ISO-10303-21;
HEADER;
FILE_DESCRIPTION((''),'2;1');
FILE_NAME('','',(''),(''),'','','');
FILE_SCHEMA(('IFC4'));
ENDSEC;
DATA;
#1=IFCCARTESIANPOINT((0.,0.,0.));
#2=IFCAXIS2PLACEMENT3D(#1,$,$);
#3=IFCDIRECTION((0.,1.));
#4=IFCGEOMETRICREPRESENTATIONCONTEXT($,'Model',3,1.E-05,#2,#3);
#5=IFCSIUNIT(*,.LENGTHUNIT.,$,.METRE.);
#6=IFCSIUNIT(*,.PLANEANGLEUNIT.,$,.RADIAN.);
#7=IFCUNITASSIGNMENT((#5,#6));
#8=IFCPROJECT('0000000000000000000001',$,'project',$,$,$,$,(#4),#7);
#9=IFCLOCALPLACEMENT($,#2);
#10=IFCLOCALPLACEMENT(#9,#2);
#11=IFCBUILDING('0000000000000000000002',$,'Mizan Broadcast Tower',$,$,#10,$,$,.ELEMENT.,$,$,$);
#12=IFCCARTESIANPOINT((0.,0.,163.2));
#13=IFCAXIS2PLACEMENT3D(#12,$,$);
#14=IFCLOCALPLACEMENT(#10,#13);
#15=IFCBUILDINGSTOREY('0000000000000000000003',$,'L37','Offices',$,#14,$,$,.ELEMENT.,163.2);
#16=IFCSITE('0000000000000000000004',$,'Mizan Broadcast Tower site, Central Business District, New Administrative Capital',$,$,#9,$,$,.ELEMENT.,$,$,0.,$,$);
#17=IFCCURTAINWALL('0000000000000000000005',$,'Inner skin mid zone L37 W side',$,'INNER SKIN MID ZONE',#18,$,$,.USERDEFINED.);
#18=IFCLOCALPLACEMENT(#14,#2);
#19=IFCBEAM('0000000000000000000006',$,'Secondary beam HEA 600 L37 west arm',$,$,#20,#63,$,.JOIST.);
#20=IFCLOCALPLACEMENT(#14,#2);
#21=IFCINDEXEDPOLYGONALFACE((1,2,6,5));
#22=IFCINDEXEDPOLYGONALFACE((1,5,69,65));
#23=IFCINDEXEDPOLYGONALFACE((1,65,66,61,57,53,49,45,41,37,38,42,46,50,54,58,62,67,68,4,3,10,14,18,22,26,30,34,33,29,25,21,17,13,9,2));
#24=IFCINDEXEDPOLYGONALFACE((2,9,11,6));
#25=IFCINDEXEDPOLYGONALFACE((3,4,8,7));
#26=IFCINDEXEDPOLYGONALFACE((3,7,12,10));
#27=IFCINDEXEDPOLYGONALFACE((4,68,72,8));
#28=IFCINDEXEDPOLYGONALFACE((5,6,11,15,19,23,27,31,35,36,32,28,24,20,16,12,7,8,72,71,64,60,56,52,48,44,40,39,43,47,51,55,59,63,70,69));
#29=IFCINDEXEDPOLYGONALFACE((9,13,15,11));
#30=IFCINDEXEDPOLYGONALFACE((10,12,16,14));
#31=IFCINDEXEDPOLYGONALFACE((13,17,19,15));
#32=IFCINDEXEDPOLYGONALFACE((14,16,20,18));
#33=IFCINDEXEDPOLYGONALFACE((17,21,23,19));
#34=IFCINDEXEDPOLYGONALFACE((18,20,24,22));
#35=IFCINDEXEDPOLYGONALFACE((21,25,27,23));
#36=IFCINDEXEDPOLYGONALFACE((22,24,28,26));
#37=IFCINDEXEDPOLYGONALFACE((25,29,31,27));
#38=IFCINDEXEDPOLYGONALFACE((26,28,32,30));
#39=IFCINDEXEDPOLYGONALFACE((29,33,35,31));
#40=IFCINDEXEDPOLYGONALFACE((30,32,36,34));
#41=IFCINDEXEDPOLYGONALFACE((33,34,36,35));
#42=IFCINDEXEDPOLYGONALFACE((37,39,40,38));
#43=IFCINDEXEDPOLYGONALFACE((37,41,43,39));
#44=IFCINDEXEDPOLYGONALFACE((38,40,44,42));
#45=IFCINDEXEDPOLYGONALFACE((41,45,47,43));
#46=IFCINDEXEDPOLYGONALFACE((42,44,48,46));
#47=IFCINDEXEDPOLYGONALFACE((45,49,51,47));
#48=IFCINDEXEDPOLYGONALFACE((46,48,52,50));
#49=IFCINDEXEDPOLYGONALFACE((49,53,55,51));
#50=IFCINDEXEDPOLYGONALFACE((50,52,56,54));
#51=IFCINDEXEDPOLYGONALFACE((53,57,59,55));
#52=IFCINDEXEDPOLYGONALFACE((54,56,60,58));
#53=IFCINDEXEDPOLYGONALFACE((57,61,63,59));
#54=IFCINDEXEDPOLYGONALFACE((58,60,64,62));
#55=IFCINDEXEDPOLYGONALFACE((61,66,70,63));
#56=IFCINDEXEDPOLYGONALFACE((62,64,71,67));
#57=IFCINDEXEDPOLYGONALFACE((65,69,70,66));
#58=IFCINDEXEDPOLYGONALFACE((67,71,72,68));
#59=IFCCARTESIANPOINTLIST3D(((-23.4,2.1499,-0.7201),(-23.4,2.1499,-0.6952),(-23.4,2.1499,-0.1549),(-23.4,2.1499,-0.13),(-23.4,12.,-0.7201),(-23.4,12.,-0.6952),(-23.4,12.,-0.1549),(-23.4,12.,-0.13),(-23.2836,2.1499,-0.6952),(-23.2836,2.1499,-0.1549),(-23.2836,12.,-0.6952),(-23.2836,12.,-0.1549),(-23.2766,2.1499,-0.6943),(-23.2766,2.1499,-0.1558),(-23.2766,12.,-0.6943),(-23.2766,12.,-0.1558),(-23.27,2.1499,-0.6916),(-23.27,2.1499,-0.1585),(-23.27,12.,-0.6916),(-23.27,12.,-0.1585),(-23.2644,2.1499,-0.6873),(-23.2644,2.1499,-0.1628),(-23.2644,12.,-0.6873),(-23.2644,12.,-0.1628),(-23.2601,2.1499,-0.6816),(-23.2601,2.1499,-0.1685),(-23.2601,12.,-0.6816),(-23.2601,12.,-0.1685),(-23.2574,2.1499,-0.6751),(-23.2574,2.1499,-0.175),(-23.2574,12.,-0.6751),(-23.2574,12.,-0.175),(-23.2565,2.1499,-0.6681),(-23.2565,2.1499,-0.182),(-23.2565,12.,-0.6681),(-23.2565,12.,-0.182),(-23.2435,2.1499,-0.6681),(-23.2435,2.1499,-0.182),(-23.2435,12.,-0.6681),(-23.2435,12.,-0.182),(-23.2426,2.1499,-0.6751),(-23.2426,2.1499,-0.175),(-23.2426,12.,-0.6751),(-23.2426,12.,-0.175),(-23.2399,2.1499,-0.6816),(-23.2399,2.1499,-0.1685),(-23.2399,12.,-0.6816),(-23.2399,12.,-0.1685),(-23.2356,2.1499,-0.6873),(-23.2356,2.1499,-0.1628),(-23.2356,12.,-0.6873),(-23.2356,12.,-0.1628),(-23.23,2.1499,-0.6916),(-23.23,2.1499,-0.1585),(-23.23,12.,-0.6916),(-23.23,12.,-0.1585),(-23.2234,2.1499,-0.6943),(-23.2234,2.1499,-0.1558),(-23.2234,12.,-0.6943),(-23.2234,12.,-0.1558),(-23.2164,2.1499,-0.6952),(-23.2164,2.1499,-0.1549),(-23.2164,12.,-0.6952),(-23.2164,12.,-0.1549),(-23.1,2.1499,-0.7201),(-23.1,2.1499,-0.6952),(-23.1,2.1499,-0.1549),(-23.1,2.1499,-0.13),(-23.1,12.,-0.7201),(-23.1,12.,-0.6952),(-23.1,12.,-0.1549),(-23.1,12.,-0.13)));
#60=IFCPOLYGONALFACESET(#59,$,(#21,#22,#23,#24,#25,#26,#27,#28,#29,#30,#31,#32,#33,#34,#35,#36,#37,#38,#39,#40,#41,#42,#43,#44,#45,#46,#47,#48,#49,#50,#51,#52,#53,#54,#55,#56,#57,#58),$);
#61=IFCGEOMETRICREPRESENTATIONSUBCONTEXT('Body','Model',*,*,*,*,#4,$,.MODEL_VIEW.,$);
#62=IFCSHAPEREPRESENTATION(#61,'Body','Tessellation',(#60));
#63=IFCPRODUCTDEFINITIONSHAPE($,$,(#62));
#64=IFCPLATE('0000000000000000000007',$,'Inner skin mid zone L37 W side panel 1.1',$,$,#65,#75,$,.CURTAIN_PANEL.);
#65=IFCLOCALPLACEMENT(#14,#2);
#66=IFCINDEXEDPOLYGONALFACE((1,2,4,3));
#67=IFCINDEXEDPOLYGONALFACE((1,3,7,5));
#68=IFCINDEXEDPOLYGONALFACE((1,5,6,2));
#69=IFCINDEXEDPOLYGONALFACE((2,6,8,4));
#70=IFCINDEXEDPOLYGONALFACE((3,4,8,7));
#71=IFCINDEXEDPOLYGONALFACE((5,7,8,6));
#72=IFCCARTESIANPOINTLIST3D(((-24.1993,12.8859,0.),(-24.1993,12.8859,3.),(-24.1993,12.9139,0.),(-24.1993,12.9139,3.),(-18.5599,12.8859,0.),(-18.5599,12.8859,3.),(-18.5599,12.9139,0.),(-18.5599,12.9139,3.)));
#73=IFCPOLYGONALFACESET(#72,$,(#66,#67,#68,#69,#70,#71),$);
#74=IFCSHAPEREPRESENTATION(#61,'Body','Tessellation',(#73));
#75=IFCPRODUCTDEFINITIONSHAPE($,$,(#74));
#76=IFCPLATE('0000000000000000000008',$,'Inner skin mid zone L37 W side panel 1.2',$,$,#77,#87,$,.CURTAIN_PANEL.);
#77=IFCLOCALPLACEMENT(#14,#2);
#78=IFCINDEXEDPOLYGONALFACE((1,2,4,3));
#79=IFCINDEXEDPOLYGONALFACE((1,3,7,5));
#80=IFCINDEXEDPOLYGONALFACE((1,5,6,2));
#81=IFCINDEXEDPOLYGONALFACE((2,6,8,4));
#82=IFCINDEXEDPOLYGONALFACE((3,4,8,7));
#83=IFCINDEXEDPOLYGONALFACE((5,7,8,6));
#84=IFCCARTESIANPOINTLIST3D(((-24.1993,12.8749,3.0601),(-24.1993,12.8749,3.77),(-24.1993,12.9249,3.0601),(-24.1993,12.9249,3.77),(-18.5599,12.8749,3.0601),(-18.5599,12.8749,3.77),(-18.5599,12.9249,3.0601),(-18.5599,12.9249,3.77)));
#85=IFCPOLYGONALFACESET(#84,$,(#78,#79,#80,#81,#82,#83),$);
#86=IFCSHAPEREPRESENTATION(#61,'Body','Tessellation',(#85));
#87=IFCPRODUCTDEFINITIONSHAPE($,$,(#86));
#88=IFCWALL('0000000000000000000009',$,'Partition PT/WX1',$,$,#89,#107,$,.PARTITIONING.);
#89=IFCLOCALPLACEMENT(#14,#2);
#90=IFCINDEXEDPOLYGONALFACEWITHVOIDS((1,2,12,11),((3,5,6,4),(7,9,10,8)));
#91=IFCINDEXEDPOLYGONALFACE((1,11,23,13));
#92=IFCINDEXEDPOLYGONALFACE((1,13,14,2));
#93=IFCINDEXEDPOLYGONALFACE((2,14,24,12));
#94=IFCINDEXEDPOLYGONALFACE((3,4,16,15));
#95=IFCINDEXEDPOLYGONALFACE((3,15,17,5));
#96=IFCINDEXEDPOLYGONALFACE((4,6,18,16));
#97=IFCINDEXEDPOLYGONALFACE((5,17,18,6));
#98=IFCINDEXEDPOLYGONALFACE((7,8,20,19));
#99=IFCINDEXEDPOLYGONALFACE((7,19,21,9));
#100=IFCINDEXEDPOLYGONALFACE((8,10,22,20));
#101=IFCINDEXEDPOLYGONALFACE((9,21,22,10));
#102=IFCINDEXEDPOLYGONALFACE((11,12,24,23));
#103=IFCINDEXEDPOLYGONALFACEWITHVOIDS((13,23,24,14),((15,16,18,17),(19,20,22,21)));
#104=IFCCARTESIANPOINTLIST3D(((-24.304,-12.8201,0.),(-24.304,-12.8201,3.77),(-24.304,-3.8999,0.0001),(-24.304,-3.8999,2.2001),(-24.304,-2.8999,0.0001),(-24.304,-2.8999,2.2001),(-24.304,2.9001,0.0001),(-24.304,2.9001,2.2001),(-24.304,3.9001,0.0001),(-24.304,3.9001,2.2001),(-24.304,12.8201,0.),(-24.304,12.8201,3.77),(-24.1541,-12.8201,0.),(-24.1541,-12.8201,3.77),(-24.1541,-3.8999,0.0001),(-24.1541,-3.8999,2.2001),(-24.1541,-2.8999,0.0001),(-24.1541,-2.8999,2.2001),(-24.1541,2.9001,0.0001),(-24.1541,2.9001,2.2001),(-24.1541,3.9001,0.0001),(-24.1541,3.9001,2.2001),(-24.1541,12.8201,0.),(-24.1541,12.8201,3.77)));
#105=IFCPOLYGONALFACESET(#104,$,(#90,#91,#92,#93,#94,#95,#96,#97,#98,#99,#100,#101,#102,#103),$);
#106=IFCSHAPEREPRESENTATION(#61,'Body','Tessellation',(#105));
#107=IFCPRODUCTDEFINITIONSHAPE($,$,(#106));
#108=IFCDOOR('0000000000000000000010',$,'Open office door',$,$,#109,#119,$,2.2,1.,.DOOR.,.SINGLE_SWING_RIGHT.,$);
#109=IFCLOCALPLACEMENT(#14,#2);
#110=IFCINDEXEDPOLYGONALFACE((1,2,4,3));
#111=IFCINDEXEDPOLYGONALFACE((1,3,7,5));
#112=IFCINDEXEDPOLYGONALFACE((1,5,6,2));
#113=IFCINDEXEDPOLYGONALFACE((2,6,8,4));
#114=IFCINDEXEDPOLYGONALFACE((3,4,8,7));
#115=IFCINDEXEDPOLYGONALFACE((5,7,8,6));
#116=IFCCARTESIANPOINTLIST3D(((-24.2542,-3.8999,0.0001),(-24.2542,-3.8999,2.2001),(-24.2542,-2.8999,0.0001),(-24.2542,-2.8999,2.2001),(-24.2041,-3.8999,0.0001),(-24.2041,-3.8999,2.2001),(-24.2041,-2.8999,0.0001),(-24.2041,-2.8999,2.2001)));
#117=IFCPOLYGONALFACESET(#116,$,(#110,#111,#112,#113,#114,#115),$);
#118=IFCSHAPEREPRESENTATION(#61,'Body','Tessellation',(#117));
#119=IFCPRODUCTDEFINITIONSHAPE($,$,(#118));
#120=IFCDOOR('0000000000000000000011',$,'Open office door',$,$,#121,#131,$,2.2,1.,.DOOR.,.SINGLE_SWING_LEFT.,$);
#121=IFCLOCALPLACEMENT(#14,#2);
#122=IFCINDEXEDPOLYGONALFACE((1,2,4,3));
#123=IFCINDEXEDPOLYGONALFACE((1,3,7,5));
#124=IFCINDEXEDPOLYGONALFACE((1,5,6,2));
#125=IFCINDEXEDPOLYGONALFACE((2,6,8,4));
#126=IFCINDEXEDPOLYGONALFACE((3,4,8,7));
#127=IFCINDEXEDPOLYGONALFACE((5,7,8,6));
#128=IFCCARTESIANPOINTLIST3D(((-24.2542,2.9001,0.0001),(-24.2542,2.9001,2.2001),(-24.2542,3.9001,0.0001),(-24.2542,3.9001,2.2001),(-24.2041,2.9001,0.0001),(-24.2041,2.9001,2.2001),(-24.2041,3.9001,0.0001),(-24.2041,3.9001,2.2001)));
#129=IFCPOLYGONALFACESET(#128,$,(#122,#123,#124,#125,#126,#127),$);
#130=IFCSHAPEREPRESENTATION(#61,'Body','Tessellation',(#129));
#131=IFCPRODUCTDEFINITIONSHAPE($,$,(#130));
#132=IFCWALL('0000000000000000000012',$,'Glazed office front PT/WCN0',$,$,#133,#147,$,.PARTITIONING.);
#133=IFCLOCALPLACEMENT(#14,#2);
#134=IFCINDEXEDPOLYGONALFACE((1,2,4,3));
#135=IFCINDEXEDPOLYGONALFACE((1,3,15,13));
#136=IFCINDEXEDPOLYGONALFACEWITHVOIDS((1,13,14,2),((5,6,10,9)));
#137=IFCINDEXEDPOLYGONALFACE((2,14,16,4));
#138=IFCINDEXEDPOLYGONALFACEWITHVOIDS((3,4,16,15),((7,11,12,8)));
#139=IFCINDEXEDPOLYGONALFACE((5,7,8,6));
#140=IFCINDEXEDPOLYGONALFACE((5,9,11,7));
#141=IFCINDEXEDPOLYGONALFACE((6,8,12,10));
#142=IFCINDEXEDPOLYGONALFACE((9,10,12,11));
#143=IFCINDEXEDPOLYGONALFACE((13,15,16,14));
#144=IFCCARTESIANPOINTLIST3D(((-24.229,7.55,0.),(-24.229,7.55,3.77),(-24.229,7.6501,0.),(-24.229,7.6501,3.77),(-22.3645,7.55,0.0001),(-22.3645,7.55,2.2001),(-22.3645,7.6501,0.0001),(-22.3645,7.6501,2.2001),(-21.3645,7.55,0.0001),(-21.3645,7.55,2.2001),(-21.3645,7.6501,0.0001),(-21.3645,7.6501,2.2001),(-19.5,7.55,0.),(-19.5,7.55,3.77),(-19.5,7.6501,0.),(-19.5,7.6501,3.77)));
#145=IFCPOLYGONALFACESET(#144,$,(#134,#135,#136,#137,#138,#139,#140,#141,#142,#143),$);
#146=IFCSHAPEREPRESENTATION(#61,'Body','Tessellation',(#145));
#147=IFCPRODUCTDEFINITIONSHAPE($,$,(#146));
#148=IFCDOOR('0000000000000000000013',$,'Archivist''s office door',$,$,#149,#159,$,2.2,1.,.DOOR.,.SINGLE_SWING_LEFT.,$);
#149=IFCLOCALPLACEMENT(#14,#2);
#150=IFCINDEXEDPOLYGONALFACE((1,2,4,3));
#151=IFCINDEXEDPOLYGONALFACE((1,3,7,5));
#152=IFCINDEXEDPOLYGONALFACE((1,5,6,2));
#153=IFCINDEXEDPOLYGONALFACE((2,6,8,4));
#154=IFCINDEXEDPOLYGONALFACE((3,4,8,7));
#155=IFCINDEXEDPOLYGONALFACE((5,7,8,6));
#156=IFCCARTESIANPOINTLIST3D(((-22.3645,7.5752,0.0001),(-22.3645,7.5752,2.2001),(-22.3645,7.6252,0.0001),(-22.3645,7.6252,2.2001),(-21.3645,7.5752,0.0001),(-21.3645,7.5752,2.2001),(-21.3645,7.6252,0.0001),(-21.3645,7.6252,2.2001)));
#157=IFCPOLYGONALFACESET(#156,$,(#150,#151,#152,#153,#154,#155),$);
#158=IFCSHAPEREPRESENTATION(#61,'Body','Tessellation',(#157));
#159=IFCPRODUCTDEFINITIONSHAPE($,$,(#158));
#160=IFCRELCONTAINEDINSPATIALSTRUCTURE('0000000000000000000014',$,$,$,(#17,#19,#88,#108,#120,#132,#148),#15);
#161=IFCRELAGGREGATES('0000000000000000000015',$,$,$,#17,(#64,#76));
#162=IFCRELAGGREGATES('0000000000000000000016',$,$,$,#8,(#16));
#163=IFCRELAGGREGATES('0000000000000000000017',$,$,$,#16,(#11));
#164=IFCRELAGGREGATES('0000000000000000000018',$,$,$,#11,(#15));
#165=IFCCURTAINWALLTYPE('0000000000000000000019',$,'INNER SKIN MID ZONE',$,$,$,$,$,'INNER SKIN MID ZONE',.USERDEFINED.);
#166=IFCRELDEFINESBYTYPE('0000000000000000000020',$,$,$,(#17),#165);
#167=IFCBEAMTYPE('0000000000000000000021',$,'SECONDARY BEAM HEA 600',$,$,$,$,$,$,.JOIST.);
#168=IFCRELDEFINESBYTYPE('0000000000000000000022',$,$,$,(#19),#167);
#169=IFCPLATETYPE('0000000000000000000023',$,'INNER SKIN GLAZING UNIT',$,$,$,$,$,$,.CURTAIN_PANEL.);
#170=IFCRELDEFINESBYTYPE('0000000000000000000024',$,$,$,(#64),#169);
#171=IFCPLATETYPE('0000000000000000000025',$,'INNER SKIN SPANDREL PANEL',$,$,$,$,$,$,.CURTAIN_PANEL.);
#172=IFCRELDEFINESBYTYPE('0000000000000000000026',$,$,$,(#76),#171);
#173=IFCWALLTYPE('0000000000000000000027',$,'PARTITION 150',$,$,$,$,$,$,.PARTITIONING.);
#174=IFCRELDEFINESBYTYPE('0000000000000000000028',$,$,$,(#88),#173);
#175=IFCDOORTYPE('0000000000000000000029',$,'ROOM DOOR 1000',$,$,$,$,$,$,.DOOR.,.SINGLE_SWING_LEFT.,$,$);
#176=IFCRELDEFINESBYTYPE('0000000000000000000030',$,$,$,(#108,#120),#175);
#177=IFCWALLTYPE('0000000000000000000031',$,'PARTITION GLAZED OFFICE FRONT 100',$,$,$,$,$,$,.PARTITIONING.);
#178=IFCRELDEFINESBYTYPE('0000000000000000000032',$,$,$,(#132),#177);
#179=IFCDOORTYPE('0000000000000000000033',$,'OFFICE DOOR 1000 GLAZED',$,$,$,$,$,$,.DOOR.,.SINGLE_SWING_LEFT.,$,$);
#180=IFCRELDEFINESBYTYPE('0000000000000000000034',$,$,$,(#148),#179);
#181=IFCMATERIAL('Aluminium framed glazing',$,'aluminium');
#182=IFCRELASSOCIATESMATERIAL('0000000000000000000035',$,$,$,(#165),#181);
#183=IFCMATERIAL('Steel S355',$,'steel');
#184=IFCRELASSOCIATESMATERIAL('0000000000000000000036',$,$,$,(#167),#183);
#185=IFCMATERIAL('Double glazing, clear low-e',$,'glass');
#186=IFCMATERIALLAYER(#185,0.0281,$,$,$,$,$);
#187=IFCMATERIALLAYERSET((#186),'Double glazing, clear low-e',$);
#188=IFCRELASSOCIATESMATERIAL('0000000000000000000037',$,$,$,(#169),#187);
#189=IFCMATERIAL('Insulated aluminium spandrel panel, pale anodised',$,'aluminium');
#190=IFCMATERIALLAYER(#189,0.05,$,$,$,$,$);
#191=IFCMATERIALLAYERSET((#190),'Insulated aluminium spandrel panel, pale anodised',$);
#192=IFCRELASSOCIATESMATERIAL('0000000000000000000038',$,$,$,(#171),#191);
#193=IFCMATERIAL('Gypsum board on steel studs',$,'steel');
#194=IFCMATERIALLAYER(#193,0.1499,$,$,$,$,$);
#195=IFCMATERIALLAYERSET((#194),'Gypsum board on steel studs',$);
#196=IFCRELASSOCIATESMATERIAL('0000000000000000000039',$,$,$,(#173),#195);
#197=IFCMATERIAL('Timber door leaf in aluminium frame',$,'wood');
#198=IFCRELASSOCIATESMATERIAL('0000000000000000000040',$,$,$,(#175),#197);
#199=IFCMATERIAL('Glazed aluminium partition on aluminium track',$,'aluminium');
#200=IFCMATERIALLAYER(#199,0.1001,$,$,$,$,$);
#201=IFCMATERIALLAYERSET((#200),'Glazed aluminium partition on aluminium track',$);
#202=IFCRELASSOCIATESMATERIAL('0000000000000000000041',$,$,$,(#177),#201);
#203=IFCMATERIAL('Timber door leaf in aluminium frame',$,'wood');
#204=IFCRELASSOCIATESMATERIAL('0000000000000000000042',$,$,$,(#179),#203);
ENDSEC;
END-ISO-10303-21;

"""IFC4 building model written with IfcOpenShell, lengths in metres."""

from ifc_helpers import new_model, si_unit, direction, frame, frame_2d, origin, origin_2d, place, context, subcontext, project, spatial, rectangle, i_section, extrude, material, layer, layer_set, material_profile, profile_set, type_object, element, fill, aggregate, save


model = new_model("IFC4")

# Units and contexts
model_context = context("Model", 3, precision=1e-05, world=origin(), true_north=direction((0.0, 1.0)))
body_context = subcontext(model_context, "Body", "Model", "MODEL_VIEW")
ifc_project = project(units=[si_unit("LENGTHUNIT", "METRE"), si_unit("PLANEANGLEUNIT", "RADIAN")], contexts=[model_context])

# Site, building, storey
site_placement = place(None, origin())
site = spatial("IfcSite", under=ifc_project, at=site_placement, Name="Mizan Broadcast Tower site, Central Business District, New Administrative Capital", CompositionType="ELEMENT", RefElevation=0.0)
building_placement = place(site_placement, origin())
building = spatial("IfcBuilding", under=site, at=building_placement, Name="Mizan Broadcast Tower", CompositionType="ELEMENT")
storey_placement = place(building_placement, frame((0.0, 0.0, 163.2)))
storey = spatial("IfcBuildingStorey", under=building, at=storey_placement, Name="L37", Description="Offices", CompositionType="ELEMENT", Elevation=163.2)

# Curtain wall
ifc_material_1 = material(Name="Aluminium framed glazing", Category="aluminium")
curtain_wall_type = type_object("IfcCurtainWallType", Name="INNER SKIN MID ZONE", ElementType="INNER SKIN MID ZONE", PredefinedType="USERDEFINED", material=ifc_material_1)
curtain_wall_placement = place(storey_placement, origin())
curtain_wall = element("IfcCurtainWall", 1, at=curtain_wall_placement, inside=storey, type_object=curtain_wall_type, Name="Inner skin mid zone L37 W side", ObjectType="INNER SKIN MID ZONE", PredefinedType="USERDEFINED")

# Beam
ifc_material_2 = material(Name="Steel S355", Category="steel")
ifc_material_profile_1 = material_profile(ifc_material_2, i_section(OverallWidth=0.3, OverallDepth=0.5901, WebThickness=0.0129, FlangeThickness=0.0249, FilletRadius=0.0271, at=origin_2d()), Name="HEA 600")
ifc_profile_set_1 = profile_set([ifc_material_profile_1], Name="Steel S355")
beam_type_1 = type_object("IfcBeamType", Name="SECONDARY BEAM HEA 600", PredefinedType="JOIST", material=ifc_profile_set_1)
for number, where, z_axis, x_axis, name in (
    (2, (-23.25, 12.0, -0.425), (0.0, -1.0, 0.0), (1.0, 0.0, 0.0), "Secondary beam HEA 600 L37 west arm"),
):
    element("IfcBeam", number, at=place(storey_placement, frame(where, z_axis=z_axis, x_axis=x_axis)), inside=storey, type_object=beam_type_1, Name=name, PredefinedType="JOIST", context=body_context, shape_type="SweptSolid", body=[
        extrude(i_section(OverallWidth=0.3, OverallDepth=0.5901, WebThickness=0.0129, FlangeThickness=0.0249, FilletRadius=0.0271, at=origin_2d()), origin(), (0.0, 0.0, 1.0), 9.8501),
    ])

# Plates
ifc_material_3 = material(Name="Double glazing, clear low-e", Category="glass")
ifc_layer_1 = layer(ifc_material_3, 0.0281)
ifc_layer_set_1 = layer_set([ifc_layer_1], Name="Double glazing, clear low-e")
plate_type_1 = type_object("IfcPlateType", Name="INNER SKIN GLAZING UNIT", PredefinedType="CURTAIN_PANEL", material=ifc_layer_set_1)
plate_1_placement = place(storey_placement, frame((-21.3796, 12.8999, 0.0), z_axis=(0.0, 0.0, 1.0), x_axis=(-1.0, 0.0, 0.0)))
plate_1 = element("IfcPlate", 3, at=plate_1_placement, type_object=plate_type_1, Name="Inner skin mid zone L37 W side panel 1.1", PredefinedType="CURTAIN_PANEL", context=body_context, shape_type="SweptSolid", body=[
    extrude(rectangle(XDim=5.6394, YDim=0.0281, at=origin_2d()), origin(), (0.0, 0.0, 1.0), 3.0),
])
ifc_material_4 = material(Name="Insulated aluminium spandrel panel, pale anodised", Category="aluminium")
ifc_layer_2 = layer(ifc_material_4, 0.05)
ifc_layer_set_2 = layer_set([ifc_layer_2], Name="Insulated aluminium spandrel panel, pale anodised")
plate_type_2 = type_object("IfcPlateType", Name="INNER SKIN SPANDREL PANEL", PredefinedType="CURTAIN_PANEL", material=ifc_layer_set_2)
plate_2_placement = place(storey_placement, frame((-21.3796, 12.8999, 3.0601), z_axis=(0.0, 0.0, 1.0), x_axis=(-1.0, 0.0, 0.0)))
plate_2 = element("IfcPlate", 4, at=plate_2_placement, type_object=plate_type_2, Name="Inner skin mid zone L37 W side panel 1.2", PredefinedType="CURTAIN_PANEL", context=body_context, shape_type="SweptSolid", body=[
    extrude(rectangle(XDim=5.6394, YDim=0.05, at=origin_2d()), origin(), (0.0, 0.0, 1.0), 0.71),
])
aggregate(curtain_wall, [plate_1, plate_2])

# Wall, openings, doors
ifc_material_5 = material(Name="Gypsum board on steel studs", Category="steel")
ifc_layer_3 = layer(ifc_material_5, 0.1499)
ifc_layer_set_3 = layer_set([ifc_layer_3], Name="Gypsum board on steel studs")
wall_type_1 = type_object("IfcWallType", Name="PARTITION 150", PredefinedType="PARTITIONING", material=ifc_layer_set_3)
wall_1_placement = place(storey_placement, frame((-24.229, 12.8201, 0.0), z_axis=(0.0, 0.0, 1.0), x_axis=(0.0, -1.0, 0.0)))
wall_1 = element("IfcWall", 5, at=wall_1_placement, inside=storey, type_object=wall_type_1, Name="Partition PT/WX1", PredefinedType="PARTITIONING", context=body_context, shape_type="SweptSolid", body=[
    extrude(rectangle(XDim=25.6401, YDim=0.1499, at=frame_2d((12.8201, 0.0))), origin(), (0.0, 0.0, 1.0), 3.77),
])
opening_1_placement = place(wall_1_placement, frame((15.72, 0.0, 0.0)))
opening_1 = element("IfcOpeningElement", 6, at=opening_1_placement, cuts=wall_1, PredefinedType="OPENING", context=body_context, shape_type="SweptSolid", body=[
    extrude(rectangle(XDim=1.0, YDim=2.2, at=frame_2d((0.5, 1.1001))), frame((0.0, 0.085, 0.0), z_axis=(0.0, -1.0, 0.0), x_axis=(1.0, 0.0, 0.0)), (0.0, 0.0, 1.0), 0.1699),
])
opening_2_placement = place(wall_1_placement, frame((8.9199, 0.0, 0.0)))
opening_2 = element("IfcOpeningElement", 7, at=opening_2_placement, cuts=wall_1, PredefinedType="OPENING", context=body_context, shape_type="SweptSolid", body=[
    extrude(rectangle(XDim=1.0, YDim=2.2, at=frame_2d((0.5, 1.1001))), frame((0.0, 0.085, 0.0), z_axis=(0.0, -1.0, 0.0), x_axis=(1.0, 0.0, 0.0)), (0.0, 0.0, 1.0), 0.1699),
])
ifc_material_6 = material(Name="Timber door leaf in aluminium frame", Category="wood")
door_type_1 = type_object("IfcDoorType", Name="ROOM DOOR 1000", OperationType="SINGLE_SWING_LEFT", PredefinedType="DOOR", material=ifc_material_6)
door_1_placement = place(opening_1_placement, origin())
door_1 = element("IfcDoor", 8, at=door_1_placement, inside=storey, type_object=door_type_1, Name="Open office door", OperationType="SINGLE_SWING_RIGHT", OverallHeight=2.2, OverallWidth=1.0, PredefinedType="DOOR", context=body_context, shape_type="SweptSolid", body=[
    extrude(rectangle(XDim=1.0, YDim=2.2, at=frame_2d((0.5, 1.1001))), frame((0.0, 0.0249, 0.0), z_axis=(0.0, -1.0, 0.0), x_axis=(1.0, 0.0, 0.0)), (0.0, 0.0, 1.0), 0.05),
])
fill(opening_1, door_1)
door_2_placement = place(opening_2_placement, origin())
door_2 = element("IfcDoor", 9, at=door_2_placement, inside=storey, type_object=door_type_1, Name="Open office door", OperationType="SINGLE_SWING_LEFT", OverallHeight=2.2, OverallWidth=1.0, PredefinedType="DOOR", context=body_context, shape_type="SweptSolid", body=[
    extrude(rectangle(XDim=1.0, YDim=2.2, at=frame_2d((0.5, 1.1001))), frame((0.0, 0.0249, 0.0), z_axis=(0.0, -1.0, 0.0), x_axis=(1.0, 0.0, 0.0)), (0.0, 0.0, 1.0), 0.05),
])
fill(opening_2, door_2)

# Wall, opening, door
ifc_material_7 = material(Name="Glazed aluminium partition on aluminium track", Category="aluminium")
ifc_layer_4 = layer(ifc_material_7, 0.1001)
ifc_layer_set_4 = layer_set([ifc_layer_4], Name="Glazed aluminium partition on aluminium track")
wall_type_2 = type_object("IfcWallType", Name="PARTITION GLAZED OFFICE FRONT 100", PredefinedType="PARTITIONING", material=ifc_layer_set_4)
wall_2_placement = place(storey_placement, frame((-19.5, 7.6001, 0.0), z_axis=(0.0, 0.0, 1.0), x_axis=(-1.0, 0.0, 0.0)))
wall_2 = element("IfcWall", 10, at=wall_2_placement, inside=storey, type_object=wall_type_2, Name="Glazed office front PT/WCN0", PredefinedType="PARTITIONING", context=body_context, shape_type="SweptSolid", body=[
    extrude(rectangle(XDim=4.729, YDim=0.1001, at=frame_2d((2.3645, 0.0))), origin(), (0.0, 0.0, 1.0), 3.77),
])
opening_3_placement = place(wall_2_placement, frame((1.8645, 0.0, 0.0)))
opening_3 = element("IfcOpeningElement", 11, at=opening_3_placement, cuts=wall_2, PredefinedType="OPENING", context=body_context, shape_type="SweptSolid", body=[
    extrude(rectangle(XDim=1.0, YDim=2.2, at=frame_2d((0.5, 1.1001))), frame((0.0, 0.0601, 0.0), z_axis=(0.0, -1.0, 0.0), x_axis=(1.0, 0.0, 0.0)), (0.0, 0.0, 1.0), 0.1201),
])
ifc_material_8 = material(Name="Timber door leaf in aluminium frame", Category="wood")
door_type_2 = type_object("IfcDoorType", Name="OFFICE DOOR 1000 GLAZED", OperationType="SINGLE_SWING_LEFT", PredefinedType="DOOR", material=ifc_material_8)
door_3_placement = place(opening_3_placement, origin())
door_3 = element("IfcDoor", 12, at=door_3_placement, inside=storey, type_object=door_type_2, Name="Archivist's office door", OperationType="SINGLE_SWING_LEFT", OverallHeight=2.2, OverallWidth=1.0, PredefinedType="DOOR", context=body_context, shape_type="SweptSolid", body=[
    extrude(rectangle(XDim=1.0, YDim=2.2, at=frame_2d((0.5, 1.1001))), frame((0.0, 0.0249, 0.0), z_axis=(0.0, -1.0, 0.0), x_axis=(1.0, 0.0, 0.0)), (0.0, 0.0, 1.0), 0.05),
])
fill(opening_3, door_3)

save(model, "model.ifc")
